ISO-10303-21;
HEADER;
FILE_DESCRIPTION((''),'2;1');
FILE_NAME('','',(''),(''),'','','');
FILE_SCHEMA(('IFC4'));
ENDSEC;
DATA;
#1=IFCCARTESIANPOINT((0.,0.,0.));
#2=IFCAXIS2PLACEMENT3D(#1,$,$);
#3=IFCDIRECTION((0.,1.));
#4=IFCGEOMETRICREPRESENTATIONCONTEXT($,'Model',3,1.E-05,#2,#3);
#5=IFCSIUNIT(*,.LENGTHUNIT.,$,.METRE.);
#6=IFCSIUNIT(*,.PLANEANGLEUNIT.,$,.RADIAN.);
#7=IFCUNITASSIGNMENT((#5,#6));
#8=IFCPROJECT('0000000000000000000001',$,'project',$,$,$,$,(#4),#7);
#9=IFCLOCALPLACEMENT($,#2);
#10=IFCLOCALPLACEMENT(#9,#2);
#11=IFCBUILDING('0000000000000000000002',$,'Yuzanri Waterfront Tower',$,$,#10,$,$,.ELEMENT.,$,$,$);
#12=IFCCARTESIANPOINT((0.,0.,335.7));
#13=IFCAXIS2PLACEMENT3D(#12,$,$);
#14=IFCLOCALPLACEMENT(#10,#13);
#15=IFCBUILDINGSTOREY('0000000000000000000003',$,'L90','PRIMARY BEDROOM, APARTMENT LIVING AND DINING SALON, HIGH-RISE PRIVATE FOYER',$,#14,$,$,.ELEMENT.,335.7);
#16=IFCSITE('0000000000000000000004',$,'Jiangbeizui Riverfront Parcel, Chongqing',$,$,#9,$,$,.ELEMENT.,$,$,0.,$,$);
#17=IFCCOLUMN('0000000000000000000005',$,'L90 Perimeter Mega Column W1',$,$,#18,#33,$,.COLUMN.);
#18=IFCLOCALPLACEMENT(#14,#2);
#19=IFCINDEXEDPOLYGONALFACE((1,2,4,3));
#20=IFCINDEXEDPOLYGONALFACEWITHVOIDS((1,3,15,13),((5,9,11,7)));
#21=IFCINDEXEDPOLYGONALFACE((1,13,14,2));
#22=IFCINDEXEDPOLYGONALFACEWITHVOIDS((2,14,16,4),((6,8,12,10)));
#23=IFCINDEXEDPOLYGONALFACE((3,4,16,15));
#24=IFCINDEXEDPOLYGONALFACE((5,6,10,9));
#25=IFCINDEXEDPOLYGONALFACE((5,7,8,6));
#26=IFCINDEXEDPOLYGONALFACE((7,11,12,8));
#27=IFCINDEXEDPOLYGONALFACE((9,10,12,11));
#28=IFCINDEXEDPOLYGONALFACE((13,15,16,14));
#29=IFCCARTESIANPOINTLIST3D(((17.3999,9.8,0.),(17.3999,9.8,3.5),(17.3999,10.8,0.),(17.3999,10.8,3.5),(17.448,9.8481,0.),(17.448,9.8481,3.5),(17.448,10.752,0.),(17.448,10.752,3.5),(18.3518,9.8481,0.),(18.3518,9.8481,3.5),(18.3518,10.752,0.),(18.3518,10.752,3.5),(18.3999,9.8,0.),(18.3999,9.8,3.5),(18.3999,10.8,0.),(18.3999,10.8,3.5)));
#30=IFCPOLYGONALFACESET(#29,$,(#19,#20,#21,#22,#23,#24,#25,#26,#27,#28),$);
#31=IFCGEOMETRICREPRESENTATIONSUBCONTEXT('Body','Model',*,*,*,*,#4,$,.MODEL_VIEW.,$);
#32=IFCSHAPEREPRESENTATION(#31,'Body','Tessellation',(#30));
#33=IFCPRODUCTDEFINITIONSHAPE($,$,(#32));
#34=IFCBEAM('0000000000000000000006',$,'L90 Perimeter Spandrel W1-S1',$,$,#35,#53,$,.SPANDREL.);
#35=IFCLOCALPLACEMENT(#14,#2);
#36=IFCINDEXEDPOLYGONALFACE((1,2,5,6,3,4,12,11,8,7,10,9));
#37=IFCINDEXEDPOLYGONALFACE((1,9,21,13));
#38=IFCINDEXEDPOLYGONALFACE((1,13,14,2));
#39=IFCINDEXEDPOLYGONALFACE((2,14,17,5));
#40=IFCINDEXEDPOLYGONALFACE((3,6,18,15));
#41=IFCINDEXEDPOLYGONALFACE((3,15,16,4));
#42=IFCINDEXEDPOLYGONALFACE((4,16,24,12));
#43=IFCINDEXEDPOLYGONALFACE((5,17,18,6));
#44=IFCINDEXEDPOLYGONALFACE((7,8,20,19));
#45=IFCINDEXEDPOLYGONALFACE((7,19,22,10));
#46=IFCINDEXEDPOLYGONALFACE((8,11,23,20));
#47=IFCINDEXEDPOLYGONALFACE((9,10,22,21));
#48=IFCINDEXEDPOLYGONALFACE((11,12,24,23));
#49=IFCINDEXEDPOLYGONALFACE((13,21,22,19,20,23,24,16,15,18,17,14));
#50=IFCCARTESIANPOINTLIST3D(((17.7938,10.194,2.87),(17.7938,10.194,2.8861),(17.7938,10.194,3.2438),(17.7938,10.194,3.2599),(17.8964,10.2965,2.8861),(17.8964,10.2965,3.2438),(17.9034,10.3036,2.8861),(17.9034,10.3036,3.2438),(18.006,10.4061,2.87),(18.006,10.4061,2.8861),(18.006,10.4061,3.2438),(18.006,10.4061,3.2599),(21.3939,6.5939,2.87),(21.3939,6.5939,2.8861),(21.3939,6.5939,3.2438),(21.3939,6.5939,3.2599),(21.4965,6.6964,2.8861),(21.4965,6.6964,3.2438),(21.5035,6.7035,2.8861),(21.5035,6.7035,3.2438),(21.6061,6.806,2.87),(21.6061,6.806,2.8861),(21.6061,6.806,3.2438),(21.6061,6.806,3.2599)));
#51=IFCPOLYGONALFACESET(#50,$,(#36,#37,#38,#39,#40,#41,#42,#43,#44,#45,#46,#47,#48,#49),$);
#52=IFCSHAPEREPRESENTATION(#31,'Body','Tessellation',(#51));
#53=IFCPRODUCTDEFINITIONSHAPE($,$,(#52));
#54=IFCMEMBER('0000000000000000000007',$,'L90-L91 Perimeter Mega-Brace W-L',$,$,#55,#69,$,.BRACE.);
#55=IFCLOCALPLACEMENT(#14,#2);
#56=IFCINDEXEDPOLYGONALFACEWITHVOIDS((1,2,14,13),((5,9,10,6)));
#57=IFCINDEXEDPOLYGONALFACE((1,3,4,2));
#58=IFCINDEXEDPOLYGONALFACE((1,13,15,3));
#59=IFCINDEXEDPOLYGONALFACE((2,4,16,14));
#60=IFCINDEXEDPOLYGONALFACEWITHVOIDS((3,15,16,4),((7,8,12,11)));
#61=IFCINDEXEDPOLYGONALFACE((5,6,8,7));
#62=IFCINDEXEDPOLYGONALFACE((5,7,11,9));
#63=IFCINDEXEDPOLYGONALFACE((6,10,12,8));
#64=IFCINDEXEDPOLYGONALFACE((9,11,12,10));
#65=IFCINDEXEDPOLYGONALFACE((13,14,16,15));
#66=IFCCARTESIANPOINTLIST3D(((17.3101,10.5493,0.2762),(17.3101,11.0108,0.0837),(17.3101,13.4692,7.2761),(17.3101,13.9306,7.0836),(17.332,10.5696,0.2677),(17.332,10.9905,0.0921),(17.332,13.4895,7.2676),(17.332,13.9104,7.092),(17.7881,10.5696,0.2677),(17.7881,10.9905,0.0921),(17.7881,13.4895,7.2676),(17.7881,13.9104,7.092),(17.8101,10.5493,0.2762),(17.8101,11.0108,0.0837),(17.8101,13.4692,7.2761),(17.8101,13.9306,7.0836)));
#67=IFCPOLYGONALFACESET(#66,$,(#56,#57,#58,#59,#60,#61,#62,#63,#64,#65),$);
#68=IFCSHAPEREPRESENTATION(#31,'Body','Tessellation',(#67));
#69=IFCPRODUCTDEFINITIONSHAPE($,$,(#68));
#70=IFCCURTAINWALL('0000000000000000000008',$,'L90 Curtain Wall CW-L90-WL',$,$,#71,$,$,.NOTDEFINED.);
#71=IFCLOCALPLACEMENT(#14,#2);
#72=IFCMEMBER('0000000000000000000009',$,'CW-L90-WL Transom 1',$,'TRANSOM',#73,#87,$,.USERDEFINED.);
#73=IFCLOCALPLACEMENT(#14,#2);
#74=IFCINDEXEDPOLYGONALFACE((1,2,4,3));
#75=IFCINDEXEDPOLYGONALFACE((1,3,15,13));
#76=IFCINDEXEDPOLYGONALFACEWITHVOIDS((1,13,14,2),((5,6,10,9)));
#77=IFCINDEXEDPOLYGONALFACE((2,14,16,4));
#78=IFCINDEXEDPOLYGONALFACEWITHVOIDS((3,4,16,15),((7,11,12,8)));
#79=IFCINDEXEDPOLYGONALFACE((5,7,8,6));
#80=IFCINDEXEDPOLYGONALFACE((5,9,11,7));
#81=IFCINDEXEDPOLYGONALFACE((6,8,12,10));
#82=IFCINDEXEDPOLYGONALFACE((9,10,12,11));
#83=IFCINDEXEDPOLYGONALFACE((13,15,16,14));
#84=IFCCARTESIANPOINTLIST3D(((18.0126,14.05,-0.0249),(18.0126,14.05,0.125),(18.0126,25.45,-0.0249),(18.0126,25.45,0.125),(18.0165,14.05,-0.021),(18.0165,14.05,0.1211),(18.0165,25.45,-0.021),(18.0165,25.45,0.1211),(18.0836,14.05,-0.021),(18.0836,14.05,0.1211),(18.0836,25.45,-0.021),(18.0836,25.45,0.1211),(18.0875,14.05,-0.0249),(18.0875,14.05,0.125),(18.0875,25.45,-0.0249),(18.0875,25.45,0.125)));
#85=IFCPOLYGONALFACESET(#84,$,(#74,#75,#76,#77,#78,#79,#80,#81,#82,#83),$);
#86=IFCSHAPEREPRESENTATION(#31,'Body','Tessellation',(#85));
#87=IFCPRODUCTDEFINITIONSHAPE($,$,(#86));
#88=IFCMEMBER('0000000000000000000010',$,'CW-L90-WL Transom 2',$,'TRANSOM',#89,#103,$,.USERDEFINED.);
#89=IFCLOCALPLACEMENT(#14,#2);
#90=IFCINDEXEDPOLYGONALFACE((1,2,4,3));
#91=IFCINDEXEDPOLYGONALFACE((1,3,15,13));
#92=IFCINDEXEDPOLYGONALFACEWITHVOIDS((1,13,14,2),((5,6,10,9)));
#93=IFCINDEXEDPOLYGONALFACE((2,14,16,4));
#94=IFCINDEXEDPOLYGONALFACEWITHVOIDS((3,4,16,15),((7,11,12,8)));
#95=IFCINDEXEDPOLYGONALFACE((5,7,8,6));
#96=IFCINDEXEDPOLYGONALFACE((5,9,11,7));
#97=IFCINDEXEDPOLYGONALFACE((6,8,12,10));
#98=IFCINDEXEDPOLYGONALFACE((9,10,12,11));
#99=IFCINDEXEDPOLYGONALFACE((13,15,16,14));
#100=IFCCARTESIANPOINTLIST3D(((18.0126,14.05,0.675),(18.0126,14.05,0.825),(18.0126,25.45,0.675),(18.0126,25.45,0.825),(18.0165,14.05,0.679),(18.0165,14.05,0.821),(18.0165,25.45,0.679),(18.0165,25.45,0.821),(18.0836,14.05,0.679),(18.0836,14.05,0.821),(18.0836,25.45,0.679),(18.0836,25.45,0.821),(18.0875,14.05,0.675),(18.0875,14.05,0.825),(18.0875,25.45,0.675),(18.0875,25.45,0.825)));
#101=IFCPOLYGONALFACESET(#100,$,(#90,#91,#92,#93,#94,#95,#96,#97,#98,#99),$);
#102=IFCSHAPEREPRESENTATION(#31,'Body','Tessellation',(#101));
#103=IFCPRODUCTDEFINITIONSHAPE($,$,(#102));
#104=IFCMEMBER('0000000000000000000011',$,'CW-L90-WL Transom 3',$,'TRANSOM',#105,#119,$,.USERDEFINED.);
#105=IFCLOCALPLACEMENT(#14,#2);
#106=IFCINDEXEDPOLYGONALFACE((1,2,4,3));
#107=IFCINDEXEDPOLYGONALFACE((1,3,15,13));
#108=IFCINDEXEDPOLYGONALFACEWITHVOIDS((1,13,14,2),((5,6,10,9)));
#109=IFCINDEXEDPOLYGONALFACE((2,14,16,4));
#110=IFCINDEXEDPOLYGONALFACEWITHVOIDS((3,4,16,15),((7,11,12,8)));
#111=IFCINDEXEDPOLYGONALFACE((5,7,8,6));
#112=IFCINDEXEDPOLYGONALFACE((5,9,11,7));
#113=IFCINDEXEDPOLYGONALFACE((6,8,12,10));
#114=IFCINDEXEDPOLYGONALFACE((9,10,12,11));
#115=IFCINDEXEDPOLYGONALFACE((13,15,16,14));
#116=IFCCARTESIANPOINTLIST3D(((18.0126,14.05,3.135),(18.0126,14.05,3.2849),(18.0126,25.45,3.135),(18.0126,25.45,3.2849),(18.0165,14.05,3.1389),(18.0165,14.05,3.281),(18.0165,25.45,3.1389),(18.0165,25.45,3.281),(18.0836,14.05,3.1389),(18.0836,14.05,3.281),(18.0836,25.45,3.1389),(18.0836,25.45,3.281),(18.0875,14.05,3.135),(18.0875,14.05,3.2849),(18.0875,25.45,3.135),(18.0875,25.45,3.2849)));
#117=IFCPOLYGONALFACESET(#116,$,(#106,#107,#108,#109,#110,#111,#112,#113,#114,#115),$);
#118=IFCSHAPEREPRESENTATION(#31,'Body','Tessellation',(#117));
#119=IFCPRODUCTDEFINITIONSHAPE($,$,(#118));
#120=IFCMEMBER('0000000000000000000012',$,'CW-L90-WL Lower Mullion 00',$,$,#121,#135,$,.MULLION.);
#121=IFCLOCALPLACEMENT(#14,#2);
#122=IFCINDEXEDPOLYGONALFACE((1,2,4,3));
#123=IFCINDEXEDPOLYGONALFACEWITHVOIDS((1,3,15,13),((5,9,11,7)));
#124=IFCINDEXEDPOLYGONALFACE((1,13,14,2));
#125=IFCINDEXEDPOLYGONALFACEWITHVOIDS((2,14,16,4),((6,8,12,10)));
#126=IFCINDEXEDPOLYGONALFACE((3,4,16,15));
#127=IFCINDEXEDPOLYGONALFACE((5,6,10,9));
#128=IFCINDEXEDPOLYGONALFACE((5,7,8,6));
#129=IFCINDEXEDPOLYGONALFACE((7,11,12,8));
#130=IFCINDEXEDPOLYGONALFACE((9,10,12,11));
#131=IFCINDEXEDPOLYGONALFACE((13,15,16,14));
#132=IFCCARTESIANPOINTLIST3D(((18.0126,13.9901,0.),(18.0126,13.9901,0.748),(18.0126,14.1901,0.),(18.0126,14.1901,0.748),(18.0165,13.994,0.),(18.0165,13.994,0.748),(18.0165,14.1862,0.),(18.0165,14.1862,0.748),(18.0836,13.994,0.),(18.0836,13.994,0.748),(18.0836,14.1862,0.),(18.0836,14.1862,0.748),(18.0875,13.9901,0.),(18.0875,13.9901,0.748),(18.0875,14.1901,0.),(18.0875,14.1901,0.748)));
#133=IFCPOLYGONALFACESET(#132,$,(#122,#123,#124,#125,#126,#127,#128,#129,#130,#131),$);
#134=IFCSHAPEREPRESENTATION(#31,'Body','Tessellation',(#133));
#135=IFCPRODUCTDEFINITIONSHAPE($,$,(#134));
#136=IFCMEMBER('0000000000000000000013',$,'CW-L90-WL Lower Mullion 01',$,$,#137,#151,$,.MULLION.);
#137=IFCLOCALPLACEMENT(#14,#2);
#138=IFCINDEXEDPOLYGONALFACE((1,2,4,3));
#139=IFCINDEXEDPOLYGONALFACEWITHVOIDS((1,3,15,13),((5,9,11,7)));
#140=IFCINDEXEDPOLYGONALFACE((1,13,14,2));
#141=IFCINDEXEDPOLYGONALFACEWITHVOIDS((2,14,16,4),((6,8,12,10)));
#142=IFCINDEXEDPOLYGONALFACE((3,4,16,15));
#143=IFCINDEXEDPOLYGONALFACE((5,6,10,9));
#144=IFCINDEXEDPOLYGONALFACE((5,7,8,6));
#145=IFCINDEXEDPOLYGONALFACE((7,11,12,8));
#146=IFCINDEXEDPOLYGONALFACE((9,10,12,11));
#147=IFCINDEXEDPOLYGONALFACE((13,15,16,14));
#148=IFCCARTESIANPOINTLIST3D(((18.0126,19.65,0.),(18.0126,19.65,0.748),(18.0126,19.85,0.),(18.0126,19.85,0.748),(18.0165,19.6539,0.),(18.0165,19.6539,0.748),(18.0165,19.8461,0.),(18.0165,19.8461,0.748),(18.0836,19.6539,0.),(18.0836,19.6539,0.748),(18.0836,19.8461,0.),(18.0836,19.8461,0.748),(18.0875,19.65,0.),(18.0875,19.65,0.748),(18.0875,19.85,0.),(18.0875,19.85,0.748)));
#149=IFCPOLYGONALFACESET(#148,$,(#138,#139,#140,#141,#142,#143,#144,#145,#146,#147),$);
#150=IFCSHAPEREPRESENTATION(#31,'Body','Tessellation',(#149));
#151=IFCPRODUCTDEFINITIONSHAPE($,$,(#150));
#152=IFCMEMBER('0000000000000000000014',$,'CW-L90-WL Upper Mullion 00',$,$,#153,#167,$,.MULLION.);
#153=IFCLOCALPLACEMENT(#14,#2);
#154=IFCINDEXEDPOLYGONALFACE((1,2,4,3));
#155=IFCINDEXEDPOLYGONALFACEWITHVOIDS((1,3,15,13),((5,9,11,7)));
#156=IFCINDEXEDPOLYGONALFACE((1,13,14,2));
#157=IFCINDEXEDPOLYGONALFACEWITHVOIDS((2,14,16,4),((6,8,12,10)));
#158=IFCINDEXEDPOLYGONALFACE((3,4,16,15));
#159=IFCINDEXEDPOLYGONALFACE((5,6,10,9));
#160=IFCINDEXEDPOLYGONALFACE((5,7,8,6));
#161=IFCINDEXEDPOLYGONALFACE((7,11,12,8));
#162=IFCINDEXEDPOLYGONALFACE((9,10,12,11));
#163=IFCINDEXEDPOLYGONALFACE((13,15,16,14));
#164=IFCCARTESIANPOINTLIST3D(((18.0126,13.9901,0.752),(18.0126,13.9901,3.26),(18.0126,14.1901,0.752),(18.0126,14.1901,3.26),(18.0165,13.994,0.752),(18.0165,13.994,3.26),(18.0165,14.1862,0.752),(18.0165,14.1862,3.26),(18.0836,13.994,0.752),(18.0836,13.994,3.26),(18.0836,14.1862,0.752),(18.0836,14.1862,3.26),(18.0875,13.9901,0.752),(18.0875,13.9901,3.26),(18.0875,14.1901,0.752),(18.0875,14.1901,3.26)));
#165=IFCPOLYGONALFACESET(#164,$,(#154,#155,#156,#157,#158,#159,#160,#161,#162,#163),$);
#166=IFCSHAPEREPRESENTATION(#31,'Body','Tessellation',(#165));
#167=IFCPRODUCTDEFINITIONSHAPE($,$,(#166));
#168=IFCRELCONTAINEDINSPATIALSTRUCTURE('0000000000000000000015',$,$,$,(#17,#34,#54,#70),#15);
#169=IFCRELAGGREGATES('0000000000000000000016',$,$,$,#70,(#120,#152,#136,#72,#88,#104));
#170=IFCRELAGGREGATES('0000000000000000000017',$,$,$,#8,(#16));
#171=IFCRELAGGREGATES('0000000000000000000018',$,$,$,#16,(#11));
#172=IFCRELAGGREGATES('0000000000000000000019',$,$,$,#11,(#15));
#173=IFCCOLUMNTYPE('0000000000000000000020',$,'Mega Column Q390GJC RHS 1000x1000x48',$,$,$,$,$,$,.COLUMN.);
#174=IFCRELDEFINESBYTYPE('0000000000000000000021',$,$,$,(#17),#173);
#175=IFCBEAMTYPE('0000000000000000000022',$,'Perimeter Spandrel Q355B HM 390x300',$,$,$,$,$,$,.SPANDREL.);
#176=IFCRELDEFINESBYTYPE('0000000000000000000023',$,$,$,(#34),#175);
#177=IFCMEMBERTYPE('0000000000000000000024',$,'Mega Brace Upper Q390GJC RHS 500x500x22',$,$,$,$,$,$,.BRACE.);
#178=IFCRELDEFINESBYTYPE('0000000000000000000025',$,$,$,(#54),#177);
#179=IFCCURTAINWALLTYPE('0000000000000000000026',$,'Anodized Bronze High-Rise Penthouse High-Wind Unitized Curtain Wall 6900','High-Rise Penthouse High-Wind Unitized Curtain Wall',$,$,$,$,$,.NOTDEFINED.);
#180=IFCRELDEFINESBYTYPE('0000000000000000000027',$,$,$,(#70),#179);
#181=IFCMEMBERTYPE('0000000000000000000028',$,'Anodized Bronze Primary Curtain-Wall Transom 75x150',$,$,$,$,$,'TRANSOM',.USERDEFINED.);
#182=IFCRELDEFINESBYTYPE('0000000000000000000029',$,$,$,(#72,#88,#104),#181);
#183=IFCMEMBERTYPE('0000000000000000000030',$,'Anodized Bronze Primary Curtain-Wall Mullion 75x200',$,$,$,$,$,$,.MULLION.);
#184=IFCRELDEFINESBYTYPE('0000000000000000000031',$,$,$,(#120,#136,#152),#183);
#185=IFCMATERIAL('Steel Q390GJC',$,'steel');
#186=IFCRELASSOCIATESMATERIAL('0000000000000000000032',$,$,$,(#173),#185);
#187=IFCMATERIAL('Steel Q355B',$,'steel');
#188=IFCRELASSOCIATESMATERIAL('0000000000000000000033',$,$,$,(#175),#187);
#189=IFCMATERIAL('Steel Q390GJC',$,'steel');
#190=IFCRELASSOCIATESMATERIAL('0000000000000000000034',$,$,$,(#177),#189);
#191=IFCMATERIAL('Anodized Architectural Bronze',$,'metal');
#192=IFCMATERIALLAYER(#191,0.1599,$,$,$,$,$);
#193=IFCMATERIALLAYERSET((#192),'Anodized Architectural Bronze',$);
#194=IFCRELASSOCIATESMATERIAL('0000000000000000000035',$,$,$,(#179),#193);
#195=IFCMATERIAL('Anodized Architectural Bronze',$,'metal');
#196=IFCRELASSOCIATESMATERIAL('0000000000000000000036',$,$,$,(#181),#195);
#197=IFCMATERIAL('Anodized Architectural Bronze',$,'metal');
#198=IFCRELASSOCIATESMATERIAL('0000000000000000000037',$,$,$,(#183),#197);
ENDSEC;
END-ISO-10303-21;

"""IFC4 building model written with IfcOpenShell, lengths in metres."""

from ifc_helpers import new_model, si_unit, direction, frame, origin, origin_2d, place, context, subcontext, project, spatial, hollow_rectangle, i_section, extrude, source, transform, mapped, material, layer, layer_set, material_profile, profile_set, type_object, element, aggregate, save


model = new_model("IFC4")

# Units and contexts
model_context = context("Model", 3, precision=1e-05, world=origin(), true_north=direction((0.0, 1.0)))
body_context = subcontext(model_context, "Body", "Model", "MODEL_VIEW")
ifc_project = project(units=[si_unit("LENGTHUNIT", "METRE"), si_unit("PLANEANGLEUNIT", "RADIAN")], contexts=[model_context])

# Site, building, storey
site_placement = place(None, origin())
site = spatial("IfcSite", under=ifc_project, at=site_placement, Name="Jiangbeizui Riverfront Parcel, Chongqing", CompositionType="ELEMENT", RefElevation=0.0)
building_placement = place(site_placement, origin())
building = spatial("IfcBuilding", under=site, at=building_placement, Name="Yuzanri Waterfront Tower", CompositionType="ELEMENT")
storey_placement = place(building_placement, frame((0.0, 0.0, 335.7)))
storey = spatial("IfcBuildingStorey", under=building, at=storey_placement, Name="L90", Description="PRIMARY BEDROOM, APARTMENT LIVING AND DINING SALON, HIGH-RISE PRIVATE FOYER", CompositionType="ELEMENT", Elevation=335.7)

# Column
ifc_material_1 = material(Name="Steel Q390GJC", Category="steel")
ifc_material_profile_1 = material_profile(ifc_material_1, hollow_rectangle(XDim=1.0, YDim=1.0, WallThickness=0.0481, at=origin_2d()), Name="RHS 1000x1000x48")
ifc_profile_set_1 = profile_set([ifc_material_profile_1], Name="Steel Q390GJC")
column_type = type_object("IfcColumnType", Name="Mega Column Q390GJC RHS 1000x1000x48", PredefinedType="COLUMN", material=ifc_profile_set_1)
shared_shape_1 = source(origin(), body_context, "Body", "SweptSolid", [
    extrude(hollow_rectangle(XDim=1.0, YDim=1.0, WallThickness=0.0481, at=origin_2d()), origin(), (0.0, 0.0, 1.0), 3.5),
])
column_placement = place(storey_placement, frame((17.8999, 10.3, 0.0), z_axis=(0.0, 0.0, 1.0), x_axis=(1.0, 0.0, 0.0)))
element("IfcColumn", 1, at=column_placement, inside=storey, type_object=column_type, Name="L90 Perimeter Mega Column W1", PredefinedType="COLUMN", context=body_context, shape_type="MappedRepresentation", body=[
    mapped(shared_shape_1, transform((0.0, 0.0, 0.0), scale=1.0)),
])

# Beam
ifc_material_2 = material(Name="Steel Q355B", Category="steel")
ifc_material_profile_2 = material_profile(ifc_material_2, i_section(OverallWidth=0.3, OverallDepth=0.3899, WebThickness=0.01, FlangeThickness=0.0161, at=origin_2d()), Name="HM 390x300x10x16")
ifc_profile_set_2 = profile_set([ifc_material_profile_2], Name="Steel Q355B")
beam_type = type_object("IfcBeamType", Name="Perimeter Spandrel Q355B HM 390x300", PredefinedType="SPANDREL", material=ifc_profile_set_2)
shared_shape_2 = source(origin(), body_context, "Body", "SweptSolid", [
    extrude(i_section(OverallWidth=0.3, OverallDepth=0.3899, WebThickness=0.01, FlangeThickness=0.0161, at=origin_2d()), origin(), (0.0, 0.0, 1.0), 5.0913),
])
beam_placement = place(storey_placement, frame((17.8999, 10.3, 3.0649), z_axis=(0.707107, -0.707107, 0.0), x_axis=(0.707107, 0.707107, 0.0)))
element("IfcBeam", 2, at=beam_placement, inside=storey, type_object=beam_type, Name="L90 Perimeter Spandrel W1-S1", PredefinedType="SPANDREL", context=body_context, shape_type="MappedRepresentation", body=[
    mapped(shared_shape_2, transform((0.0, 0.0, 0.0), scale=1.0)),
])

# Member
ifc_material_3 = material(Name="Steel Q390GJC", Category="steel")
ifc_material_profile_3 = material_profile(ifc_material_3, hollow_rectangle(XDim=0.5, YDim=0.5, WallThickness=0.022, at=origin_2d()), Name="RHS 500x500x22")
ifc_profile_set_3 = profile_set([ifc_material_profile_3], Name="Steel Q390GJC")
member_type_1 = type_object("IfcMemberType", Name="Mega Brace Upper Q390GJC RHS 500x500x22", PredefinedType="BRACE", material=ifc_profile_set_3)
shared_shape_3 = source(origin(), body_context, "Body", "SweptSolid", [
    extrude(hollow_rectangle(XDim=0.5, YDim=0.5, WallThickness=0.022, at=origin_2d()), origin(), (0.0, 0.0, 1.0), 7.5845),
])
member_1_placement = place(storey_placement, frame((17.5601, 10.78, 0.1799), z_axis=(0.0, 0.384981, 0.922924), x_axis=(-1.0, 0.0, 0.0)))
element("IfcMember", 3, at=member_1_placement, inside=storey, type_object=member_type_1, Name="L90-L91 Perimeter Mega-Brace W-L", PredefinedType="BRACE", context=body_context, shape_type="MappedRepresentation", body=[
    mapped(shared_shape_3, transform((0.0, 0.0, 0.0), scale=1.0)),
])

# Curtain wall, members
ifc_material_4 = material(Name="Anodized Architectural Bronze", Category="metal")
ifc_layer_1 = layer(ifc_material_4, 0.1599)
ifc_layer_set_1 = layer_set([ifc_layer_1], Name="Anodized Architectural Bronze")
curtain_wall_type = type_object("IfcCurtainWallType", Name="Anodized Bronze High-Rise Penthouse High-Wind Unitized Curtain Wall 6900", Description="High-Rise Penthouse High-Wind Unitized Curtain Wall", PredefinedType="NOTDEFINED", material=ifc_layer_set_1)
curtain_wall_placement = place(storey_placement, origin())
curtain_wall = element("IfcCurtainWall", 4, at=curtain_wall_placement, inside=storey, type_object=curtain_wall_type, Name="L90 Curtain Wall CW-L90-WL", PredefinedType="NOTDEFINED")
ifc_material_5 = material(Name="Anodized Architectural Bronze", Category="metal")
ifc_material_profile_4 = material_profile(ifc_material_5, hollow_rectangle(XDim=0.075, YDim=0.1499, WallThickness=0.0039, at=origin_2d()), Name="CWT 75x150")
ifc_profile_set_4 = profile_set([ifc_material_profile_4], Name="Anodized Architectural Bronze")
member_type_2 = type_object("IfcMemberType", Name="Anodized Bronze Primary Curtain-Wall Transom 75x150", ElementType="TRANSOM", PredefinedType="USERDEFINED", material=ifc_profile_set_4)
shared_shape_4 = source(origin(), body_context, "Body", "SweptSolid", [
    extrude(hollow_rectangle(XDim=0.075, YDim=0.1499, WallThickness=0.0039, at=origin_2d()), origin(), (0.0, 0.0, 1.0), 11.3999),
])
member_2_placement = place(storey_placement, frame((18.05, 14.05, 0.05), z_axis=(0.0, 1.0, 0.0), x_axis=(-1.0, 0.0, 0.0)))
member_2 = element("IfcMember", 5, at=member_2_placement, type_object=member_type_2, Name="CW-L90-WL Transom 1", ObjectType="TRANSOM", PredefinedType="USERDEFINED", context=body_context, shape_type="MappedRepresentation", body=[
    mapped(shared_shape_4, transform((0.0, 0.0, 0.0), scale=1.0)),
])
member_3_placement = place(storey_placement, frame((18.05, 14.05, 0.75), z_axis=(0.0, 1.0, 0.0), x_axis=(-1.0, 0.0, 0.0)))
member_3 = element("IfcMember", 6, at=member_3_placement, type_object=member_type_2, Name="CW-L90-WL Transom 2", ObjectType="TRANSOM", PredefinedType="USERDEFINED", context=body_context, shape_type="MappedRepresentation", body=[
    mapped(shared_shape_4, transform((0.0, 0.0, 0.0), scale=1.0)),
])
member_4_placement = place(storey_placement, frame((18.05, 14.05, 3.21), z_axis=(0.0, 1.0, 0.0), x_axis=(-1.0, 0.0, 0.0)))
member_4 = element("IfcMember", 7, at=member_4_placement, type_object=member_type_2, Name="CW-L90-WL Transom 3", ObjectType="TRANSOM", PredefinedType="USERDEFINED", context=body_context, shape_type="MappedRepresentation", body=[
    mapped(shared_shape_4, transform((0.0, 0.0, 0.0), scale=1.0)),
])
ifc_material_6 = material(Name="Anodized Architectural Bronze", Category="metal")
ifc_material_profile_5 = material_profile(ifc_material_6, hollow_rectangle(XDim=0.075, YDim=0.2, WallThickness=0.0039, at=origin_2d()), Name="CWM 75x200")
ifc_profile_set_5 = profile_set([ifc_material_profile_5], Name="Anodized Architectural Bronze")
member_type_3 = type_object("IfcMemberType", Name="Anodized Bronze Primary Curtain-Wall Mullion 75x200", PredefinedType="MULLION", material=ifc_profile_set_5)
shared_shape_5 = source(origin(), body_context, "Body", "SweptSolid", [
    extrude(hollow_rectangle(XDim=0.075, YDim=0.2, WallThickness=0.0039, at=origin_2d()), origin(), (0.0, 0.0, 1.0), 0.748),
])
member_5_placement = place(storey_placement, frame((18.05, 14.0901, 0.0), z_axis=(0.0, 0.0, 1.0), x_axis=(1.0, 0.0, 0.0)))
member_5 = element("IfcMember", 8, at=member_5_placement, type_object=member_type_3, Name="CW-L90-WL Lower Mullion 00", PredefinedType="MULLION", context=body_context, shape_type="MappedRepresentation", body=[
    mapped(shared_shape_5, transform((0.0, 0.0, 0.0), scale=1.0)),
])
member_6_placement = place(storey_placement, frame((18.05, 19.75, 0.0), z_axis=(0.0, 0.0, 1.0), x_axis=(1.0, 0.0, 0.0)))
member_6 = element("IfcMember", 9, at=member_6_placement, type_object=member_type_3, Name="CW-L90-WL Lower Mullion 01", PredefinedType="MULLION", context=body_context, shape_type="MappedRepresentation", body=[
    mapped(shared_shape_5, transform((0.0, 0.0, 0.0), scale=1.0)),
])
shared_shape_6 = source(origin(), body_context, "Body", "SweptSolid", [
    extrude(hollow_rectangle(XDim=0.075, YDim=0.2, WallThickness=0.0039, at=origin_2d()), origin(), (0.0, 0.0, 1.0), 2.5081),
])
member_7_placement = place(storey_placement, frame((18.05, 14.0901, 0.752), z_axis=(0.0, 0.0, 1.0), x_axis=(1.0, 0.0, 0.0)))
member_7 = element("IfcMember", 10, at=member_7_placement, type_object=member_type_3, Name="CW-L90-WL Upper Mullion 00", PredefinedType="MULLION", context=body_context, shape_type="MappedRepresentation", body=[
    mapped(shared_shape_6, transform((0.0, 0.0, 0.0), scale=1.0)),
])

aggregate(curtain_wall, [member_5, member_7, member_6, member_2, member_3, member_4])

save(model, "model.ifc")
